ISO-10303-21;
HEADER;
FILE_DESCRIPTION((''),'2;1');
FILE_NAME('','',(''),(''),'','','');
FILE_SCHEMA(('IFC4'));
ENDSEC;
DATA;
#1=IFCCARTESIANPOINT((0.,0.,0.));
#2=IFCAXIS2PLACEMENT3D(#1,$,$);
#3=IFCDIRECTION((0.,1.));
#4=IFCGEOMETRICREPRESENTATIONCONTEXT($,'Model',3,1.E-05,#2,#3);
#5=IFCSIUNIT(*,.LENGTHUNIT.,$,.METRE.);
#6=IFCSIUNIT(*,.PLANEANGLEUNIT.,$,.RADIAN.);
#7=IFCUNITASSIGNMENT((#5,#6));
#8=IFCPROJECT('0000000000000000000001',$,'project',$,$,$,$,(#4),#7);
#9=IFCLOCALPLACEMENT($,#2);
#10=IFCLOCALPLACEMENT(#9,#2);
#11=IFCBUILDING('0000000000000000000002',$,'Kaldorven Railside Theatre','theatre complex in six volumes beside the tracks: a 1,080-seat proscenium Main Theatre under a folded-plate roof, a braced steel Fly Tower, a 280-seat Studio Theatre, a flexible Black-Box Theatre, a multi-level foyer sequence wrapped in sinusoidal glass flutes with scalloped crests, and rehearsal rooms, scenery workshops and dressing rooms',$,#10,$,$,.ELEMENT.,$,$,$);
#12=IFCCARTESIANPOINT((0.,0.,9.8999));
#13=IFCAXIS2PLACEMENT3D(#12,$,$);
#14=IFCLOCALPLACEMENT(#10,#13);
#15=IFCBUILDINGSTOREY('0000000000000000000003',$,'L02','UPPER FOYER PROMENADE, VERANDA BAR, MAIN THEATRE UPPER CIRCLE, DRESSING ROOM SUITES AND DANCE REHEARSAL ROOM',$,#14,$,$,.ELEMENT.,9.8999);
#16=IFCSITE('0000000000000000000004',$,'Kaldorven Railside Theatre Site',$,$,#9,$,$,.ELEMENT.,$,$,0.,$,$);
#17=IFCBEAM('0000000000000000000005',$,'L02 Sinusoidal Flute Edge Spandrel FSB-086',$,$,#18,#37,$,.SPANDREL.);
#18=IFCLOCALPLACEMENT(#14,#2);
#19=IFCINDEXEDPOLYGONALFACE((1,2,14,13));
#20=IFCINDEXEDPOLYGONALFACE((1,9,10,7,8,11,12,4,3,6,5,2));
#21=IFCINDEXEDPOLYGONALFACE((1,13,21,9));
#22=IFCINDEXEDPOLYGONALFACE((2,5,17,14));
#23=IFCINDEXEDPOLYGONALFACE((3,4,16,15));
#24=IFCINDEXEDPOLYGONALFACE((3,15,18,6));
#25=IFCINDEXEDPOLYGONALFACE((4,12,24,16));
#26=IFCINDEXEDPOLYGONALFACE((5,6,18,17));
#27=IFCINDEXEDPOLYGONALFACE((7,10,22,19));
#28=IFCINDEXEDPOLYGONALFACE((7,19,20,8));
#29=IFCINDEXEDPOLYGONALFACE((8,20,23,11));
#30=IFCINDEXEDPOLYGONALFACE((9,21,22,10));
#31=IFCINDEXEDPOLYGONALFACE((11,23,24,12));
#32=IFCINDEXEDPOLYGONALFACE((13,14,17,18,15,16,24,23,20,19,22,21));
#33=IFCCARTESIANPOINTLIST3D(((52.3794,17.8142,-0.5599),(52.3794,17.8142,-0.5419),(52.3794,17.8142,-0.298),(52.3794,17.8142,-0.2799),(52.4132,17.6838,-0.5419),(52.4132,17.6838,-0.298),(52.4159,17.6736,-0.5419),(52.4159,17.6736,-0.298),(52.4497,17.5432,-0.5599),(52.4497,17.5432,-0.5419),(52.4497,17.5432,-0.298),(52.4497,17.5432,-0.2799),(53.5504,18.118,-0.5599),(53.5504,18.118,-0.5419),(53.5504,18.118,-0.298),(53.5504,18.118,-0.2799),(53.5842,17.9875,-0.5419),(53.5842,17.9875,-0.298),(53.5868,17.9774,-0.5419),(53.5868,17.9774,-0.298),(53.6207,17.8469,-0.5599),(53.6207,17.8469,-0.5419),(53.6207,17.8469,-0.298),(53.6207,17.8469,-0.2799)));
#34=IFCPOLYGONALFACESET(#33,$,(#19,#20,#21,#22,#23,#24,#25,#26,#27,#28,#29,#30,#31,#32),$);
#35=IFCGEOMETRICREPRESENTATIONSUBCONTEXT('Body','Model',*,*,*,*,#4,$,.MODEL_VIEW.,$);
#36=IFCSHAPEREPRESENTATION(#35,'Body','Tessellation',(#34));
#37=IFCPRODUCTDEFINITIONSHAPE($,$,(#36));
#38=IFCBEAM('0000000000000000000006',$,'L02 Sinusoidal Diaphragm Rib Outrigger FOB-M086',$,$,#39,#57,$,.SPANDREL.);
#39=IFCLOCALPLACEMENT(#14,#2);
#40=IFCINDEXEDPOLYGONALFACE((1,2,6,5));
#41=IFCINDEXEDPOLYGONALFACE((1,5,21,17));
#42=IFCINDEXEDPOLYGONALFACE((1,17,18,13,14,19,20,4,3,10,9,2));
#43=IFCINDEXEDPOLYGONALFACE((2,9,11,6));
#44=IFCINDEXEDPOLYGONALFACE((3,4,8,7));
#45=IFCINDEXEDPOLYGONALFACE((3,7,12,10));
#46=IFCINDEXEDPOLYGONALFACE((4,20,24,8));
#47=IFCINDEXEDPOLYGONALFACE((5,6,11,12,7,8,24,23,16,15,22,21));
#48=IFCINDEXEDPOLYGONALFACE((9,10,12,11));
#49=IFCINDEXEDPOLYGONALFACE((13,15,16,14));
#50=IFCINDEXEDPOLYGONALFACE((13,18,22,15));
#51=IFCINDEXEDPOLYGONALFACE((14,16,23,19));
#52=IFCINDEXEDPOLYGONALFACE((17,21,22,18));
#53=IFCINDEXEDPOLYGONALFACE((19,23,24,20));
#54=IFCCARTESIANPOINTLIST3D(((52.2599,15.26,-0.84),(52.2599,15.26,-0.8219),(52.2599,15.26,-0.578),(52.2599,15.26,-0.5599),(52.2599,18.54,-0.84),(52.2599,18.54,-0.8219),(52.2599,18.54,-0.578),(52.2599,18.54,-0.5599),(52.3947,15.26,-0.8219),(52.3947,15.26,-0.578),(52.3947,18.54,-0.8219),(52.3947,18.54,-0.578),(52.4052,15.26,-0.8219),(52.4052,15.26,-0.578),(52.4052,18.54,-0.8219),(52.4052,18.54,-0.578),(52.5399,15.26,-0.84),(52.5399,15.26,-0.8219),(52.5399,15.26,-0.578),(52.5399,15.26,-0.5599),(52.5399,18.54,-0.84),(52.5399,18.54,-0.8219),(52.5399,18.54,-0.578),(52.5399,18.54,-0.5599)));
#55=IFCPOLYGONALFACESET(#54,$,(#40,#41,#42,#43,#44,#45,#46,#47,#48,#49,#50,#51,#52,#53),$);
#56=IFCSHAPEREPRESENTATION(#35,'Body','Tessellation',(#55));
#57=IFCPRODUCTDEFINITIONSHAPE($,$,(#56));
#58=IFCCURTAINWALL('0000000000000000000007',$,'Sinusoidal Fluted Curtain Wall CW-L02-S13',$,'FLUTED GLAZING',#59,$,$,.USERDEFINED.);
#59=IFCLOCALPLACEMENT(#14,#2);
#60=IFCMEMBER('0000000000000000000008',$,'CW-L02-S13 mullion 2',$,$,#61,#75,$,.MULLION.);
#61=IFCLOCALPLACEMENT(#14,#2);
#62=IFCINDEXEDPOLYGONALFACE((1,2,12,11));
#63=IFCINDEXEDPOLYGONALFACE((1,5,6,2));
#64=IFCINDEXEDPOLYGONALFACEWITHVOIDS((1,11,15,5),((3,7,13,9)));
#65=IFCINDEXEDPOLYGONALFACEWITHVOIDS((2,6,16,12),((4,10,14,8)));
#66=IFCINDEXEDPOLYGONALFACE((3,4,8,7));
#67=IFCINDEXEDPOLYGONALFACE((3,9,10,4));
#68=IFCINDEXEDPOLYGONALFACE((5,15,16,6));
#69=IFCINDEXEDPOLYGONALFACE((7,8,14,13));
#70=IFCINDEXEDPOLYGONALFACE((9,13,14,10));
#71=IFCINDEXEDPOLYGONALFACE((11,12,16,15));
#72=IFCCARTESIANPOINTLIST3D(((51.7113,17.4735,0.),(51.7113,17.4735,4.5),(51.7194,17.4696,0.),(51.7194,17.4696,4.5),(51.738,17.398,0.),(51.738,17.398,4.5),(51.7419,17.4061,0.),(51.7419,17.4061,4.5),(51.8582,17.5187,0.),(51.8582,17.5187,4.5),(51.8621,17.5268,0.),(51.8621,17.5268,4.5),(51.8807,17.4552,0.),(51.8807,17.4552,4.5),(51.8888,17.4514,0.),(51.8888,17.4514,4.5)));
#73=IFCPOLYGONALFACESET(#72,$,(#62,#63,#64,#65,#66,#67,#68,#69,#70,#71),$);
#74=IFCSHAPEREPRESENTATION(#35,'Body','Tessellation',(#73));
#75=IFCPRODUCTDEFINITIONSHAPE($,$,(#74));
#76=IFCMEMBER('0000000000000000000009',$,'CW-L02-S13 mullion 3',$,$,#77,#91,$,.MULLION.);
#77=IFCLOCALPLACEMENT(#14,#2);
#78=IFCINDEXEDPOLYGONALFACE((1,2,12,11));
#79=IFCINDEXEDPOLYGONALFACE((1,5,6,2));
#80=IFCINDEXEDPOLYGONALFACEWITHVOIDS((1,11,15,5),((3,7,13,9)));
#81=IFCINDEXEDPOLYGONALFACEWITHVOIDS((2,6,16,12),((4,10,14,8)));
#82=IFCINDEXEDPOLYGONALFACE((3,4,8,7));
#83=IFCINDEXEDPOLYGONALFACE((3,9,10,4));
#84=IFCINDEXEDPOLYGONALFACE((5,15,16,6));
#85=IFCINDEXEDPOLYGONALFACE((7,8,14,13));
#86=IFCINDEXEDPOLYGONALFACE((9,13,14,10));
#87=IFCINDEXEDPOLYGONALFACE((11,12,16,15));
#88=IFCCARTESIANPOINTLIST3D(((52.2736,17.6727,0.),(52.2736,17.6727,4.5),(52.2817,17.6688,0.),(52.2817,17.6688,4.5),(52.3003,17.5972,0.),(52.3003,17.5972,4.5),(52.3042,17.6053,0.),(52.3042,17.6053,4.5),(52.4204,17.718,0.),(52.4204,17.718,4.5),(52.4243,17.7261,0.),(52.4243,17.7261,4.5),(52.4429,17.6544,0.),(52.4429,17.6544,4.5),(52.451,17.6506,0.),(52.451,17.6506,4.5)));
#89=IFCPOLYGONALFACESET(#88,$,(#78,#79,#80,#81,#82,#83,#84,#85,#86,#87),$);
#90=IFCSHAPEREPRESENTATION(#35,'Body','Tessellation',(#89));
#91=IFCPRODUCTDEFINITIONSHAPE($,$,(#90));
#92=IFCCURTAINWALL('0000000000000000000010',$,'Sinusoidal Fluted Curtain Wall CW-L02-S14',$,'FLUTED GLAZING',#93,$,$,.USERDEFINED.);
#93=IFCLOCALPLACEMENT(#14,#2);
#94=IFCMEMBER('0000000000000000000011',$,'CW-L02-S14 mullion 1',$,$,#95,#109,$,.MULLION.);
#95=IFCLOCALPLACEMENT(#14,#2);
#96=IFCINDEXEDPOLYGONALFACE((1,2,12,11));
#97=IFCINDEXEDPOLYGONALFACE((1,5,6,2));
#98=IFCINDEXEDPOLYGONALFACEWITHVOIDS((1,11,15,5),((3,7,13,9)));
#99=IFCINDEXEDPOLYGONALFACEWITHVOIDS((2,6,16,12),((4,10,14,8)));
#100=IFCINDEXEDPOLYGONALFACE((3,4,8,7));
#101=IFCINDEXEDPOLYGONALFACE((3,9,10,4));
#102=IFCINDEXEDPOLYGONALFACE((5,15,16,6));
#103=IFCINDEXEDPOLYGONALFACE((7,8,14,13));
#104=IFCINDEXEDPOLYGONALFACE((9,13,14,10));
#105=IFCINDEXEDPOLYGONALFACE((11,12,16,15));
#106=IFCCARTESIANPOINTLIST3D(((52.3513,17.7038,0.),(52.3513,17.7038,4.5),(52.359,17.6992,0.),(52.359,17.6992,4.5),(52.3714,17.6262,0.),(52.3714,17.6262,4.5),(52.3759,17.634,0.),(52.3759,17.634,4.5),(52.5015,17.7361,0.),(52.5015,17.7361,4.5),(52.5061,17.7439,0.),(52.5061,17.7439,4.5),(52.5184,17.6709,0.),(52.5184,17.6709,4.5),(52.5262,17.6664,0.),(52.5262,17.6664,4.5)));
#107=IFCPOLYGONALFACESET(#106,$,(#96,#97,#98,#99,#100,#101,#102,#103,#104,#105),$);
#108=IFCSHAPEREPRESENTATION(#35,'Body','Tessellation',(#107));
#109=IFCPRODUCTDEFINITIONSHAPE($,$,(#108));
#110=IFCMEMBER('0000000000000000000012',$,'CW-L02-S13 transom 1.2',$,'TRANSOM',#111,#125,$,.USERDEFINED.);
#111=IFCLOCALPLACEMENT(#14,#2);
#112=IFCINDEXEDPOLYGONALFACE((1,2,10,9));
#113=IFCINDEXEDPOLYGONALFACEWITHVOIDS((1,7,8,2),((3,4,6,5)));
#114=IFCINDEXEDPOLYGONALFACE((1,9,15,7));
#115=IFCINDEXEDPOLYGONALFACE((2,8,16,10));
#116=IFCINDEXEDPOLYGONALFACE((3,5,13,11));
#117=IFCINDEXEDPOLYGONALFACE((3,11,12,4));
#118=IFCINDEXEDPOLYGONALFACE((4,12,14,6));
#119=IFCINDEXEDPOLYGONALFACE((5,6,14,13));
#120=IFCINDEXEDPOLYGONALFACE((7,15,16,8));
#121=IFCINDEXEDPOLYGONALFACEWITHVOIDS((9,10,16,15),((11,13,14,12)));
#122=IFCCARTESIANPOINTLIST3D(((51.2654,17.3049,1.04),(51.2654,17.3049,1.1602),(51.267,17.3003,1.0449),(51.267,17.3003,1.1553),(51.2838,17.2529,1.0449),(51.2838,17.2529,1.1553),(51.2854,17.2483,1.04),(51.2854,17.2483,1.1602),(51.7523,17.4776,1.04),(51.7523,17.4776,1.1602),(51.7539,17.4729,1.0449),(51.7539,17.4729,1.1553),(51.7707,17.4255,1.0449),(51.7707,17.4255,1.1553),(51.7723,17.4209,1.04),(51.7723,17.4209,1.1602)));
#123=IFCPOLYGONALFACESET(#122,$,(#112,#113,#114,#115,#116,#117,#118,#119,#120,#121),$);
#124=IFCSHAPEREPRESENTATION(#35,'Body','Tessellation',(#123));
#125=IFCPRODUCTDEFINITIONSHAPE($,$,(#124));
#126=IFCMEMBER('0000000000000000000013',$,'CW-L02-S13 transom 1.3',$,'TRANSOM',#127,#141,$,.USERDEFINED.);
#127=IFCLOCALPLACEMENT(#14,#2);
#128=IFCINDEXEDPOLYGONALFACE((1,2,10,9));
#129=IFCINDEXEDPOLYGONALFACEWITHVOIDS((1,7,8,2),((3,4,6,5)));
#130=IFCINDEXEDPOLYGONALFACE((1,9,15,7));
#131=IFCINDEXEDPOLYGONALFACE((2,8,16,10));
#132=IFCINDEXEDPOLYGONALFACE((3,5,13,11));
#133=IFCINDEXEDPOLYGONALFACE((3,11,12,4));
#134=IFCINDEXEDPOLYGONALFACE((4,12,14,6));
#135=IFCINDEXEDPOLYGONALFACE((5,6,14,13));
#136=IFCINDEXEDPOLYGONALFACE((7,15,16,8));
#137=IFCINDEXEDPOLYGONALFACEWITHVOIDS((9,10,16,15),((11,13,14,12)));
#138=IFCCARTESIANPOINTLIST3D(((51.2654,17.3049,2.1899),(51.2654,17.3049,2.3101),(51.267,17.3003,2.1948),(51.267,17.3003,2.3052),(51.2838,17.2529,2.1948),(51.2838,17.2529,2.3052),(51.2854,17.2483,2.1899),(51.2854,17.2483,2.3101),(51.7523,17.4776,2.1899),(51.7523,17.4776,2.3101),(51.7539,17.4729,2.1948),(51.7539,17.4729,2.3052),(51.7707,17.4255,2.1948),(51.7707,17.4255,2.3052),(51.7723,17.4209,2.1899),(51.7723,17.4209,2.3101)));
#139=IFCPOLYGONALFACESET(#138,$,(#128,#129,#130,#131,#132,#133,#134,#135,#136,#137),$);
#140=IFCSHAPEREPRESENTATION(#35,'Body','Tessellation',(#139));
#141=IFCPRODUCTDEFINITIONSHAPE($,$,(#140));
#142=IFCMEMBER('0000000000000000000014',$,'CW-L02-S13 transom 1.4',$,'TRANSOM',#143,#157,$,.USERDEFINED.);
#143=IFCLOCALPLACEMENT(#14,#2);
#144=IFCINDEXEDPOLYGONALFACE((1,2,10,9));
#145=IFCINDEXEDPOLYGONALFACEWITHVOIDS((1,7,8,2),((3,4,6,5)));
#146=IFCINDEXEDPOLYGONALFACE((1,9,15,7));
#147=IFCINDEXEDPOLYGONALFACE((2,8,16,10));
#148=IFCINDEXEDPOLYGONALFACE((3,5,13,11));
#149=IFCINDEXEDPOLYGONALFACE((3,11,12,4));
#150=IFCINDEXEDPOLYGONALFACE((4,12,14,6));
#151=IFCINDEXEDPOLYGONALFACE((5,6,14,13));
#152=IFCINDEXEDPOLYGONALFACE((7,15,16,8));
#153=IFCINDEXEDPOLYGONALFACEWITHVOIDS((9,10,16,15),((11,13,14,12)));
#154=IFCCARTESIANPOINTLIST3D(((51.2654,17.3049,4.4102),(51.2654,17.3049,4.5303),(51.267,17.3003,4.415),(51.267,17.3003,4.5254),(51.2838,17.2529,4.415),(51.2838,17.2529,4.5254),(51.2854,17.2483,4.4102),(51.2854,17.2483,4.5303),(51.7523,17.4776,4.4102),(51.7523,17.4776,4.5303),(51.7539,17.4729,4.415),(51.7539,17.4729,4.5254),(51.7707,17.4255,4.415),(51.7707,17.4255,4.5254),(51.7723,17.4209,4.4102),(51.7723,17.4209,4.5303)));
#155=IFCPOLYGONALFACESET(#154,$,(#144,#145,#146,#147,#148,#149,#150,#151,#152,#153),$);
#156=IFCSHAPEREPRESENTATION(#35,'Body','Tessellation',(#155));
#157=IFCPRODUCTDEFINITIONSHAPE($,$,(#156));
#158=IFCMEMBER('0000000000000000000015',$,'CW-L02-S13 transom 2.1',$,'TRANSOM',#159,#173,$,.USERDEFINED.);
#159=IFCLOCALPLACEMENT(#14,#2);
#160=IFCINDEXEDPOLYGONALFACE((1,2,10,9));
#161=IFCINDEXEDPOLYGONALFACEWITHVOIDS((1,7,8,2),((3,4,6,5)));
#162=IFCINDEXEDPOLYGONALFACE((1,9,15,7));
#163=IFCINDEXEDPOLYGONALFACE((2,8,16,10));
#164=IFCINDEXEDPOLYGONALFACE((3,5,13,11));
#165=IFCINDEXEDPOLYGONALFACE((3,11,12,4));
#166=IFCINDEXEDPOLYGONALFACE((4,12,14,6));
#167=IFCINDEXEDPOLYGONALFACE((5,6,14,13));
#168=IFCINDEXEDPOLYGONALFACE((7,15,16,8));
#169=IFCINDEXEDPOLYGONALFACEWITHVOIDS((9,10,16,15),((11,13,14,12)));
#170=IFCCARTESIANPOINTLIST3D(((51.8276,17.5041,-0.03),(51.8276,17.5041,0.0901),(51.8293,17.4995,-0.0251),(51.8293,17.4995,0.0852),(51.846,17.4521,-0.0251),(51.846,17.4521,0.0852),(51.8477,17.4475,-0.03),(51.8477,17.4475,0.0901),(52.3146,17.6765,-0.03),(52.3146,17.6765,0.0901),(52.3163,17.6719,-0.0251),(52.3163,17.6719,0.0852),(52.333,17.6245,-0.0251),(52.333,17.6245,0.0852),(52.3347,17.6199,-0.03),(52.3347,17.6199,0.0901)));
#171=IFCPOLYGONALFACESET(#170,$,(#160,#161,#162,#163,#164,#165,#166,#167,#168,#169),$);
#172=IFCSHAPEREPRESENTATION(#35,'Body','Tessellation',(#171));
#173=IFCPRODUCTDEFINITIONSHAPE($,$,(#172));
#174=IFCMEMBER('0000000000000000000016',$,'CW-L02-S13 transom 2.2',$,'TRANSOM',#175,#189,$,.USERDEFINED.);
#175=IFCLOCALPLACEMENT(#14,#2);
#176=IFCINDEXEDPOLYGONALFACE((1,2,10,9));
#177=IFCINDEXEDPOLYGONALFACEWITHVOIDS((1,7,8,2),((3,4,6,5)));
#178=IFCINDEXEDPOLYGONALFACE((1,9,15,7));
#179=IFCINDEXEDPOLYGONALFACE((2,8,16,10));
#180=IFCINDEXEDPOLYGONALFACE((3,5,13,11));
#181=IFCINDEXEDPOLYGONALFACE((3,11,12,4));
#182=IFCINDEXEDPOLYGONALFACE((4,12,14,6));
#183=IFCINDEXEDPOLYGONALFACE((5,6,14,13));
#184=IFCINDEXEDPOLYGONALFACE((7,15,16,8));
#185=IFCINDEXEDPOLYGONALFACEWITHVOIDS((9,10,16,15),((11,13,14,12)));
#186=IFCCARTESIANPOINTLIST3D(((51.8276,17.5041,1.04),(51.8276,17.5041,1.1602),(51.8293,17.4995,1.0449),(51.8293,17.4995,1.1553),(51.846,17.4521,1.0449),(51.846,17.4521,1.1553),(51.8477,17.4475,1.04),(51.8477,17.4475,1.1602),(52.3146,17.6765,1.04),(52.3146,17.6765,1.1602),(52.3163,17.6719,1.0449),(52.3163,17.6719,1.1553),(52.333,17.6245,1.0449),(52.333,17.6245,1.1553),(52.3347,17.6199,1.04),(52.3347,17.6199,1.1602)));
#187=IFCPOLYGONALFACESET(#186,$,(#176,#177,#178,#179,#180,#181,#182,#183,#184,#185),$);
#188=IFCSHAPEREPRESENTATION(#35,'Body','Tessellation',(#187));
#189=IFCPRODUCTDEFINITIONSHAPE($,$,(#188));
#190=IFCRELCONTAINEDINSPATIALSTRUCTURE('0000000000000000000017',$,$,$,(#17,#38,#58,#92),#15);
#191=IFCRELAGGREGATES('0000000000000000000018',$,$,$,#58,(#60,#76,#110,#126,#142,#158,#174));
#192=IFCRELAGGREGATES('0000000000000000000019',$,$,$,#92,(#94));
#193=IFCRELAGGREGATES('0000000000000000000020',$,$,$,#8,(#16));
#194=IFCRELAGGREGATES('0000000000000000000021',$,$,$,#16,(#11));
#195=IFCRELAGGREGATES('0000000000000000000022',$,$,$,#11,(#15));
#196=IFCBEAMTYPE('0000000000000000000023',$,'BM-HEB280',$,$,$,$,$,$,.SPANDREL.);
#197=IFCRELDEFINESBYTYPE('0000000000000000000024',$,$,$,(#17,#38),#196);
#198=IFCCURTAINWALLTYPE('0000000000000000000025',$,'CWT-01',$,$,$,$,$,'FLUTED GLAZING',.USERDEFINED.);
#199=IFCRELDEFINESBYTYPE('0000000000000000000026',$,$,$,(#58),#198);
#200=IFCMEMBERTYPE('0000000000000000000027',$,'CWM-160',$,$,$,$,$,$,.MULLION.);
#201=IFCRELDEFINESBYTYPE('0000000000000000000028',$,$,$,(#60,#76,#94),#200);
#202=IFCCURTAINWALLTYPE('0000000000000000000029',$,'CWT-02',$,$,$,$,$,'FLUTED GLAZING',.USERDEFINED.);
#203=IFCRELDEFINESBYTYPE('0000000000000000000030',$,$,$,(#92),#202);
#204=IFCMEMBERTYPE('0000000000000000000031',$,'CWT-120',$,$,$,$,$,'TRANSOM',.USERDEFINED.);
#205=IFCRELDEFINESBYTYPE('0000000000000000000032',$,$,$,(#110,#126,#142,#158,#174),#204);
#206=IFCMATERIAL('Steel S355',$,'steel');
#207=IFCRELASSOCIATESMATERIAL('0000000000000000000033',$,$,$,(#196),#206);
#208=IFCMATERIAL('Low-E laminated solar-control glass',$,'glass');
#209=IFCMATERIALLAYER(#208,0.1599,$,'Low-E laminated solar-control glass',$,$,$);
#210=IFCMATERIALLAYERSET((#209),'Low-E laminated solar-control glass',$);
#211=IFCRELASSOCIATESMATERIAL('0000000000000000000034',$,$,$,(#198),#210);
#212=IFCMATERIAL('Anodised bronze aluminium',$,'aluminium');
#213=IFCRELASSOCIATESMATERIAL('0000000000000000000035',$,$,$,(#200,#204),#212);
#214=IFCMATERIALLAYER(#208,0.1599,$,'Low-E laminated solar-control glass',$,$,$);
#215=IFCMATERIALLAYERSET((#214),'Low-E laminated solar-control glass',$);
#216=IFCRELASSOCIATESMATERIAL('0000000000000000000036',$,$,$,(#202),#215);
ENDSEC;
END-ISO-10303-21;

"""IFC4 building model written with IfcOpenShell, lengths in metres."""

from ifc_helpers import new_model, si_unit, direction, frame, origin, origin_2d, place, context, subcontext, project, spatial, hollow_rectangle, i_section, extrude, material, layer, layer_set, material_profile, profile_set, type_object, element, aggregate, save


model = new_model("IFC4")

# Units and contexts
model_context = context("Model", 3, precision=1e-05, world=origin(), true_north=direction((0.0, 1.0)))
body_context = subcontext(model_context, "Body", "Model", "MODEL_VIEW")
ifc_project = project(units=[si_unit("LENGTHUNIT", "METRE"), si_unit("PLANEANGLEUNIT", "RADIAN")], contexts=[model_context])

# Site, building, storey
site_placement = place(None, origin())
site = spatial("IfcSite", under=ifc_project, at=site_placement, Name="Kaldorven Railside Theatre Site", CompositionType="ELEMENT", RefElevation=0.0)
building_placement = place(site_placement, origin())
building = spatial("IfcBuilding", under=site, at=building_placement, Name="Kaldorven Railside Theatre", Description="theatre complex in six volumes beside the tracks: a 1,080-seat proscenium Main Theatre under a folded-plate roof, a braced steel Fly Tower, a 280-seat Studio Theatre, a flexible Black-Box Theatre, a multi-level foyer sequence wrapped in sinusoidal glass flutes with scalloped crests, and rehearsal rooms, scenery workshops and dressing rooms", CompositionType="ELEMENT")
storey_placement = place(building_placement, frame((0.0, 0.0, 9.8999)))
storey = spatial("IfcBuildingStorey", under=building, at=storey_placement, Name="L02", Description="UPPER FOYER PROMENADE, VERANDA BAR, MAIN THEATRE UPPER CIRCLE, DRESSING ROOM SUITES AND DANCE REHEARSAL ROOM", CompositionType="ELEMENT", Elevation=9.8999)

# Beams
ifc_material_1 = material(Name="Steel S355", Category="steel")
ifc_material_profile_1 = material_profile(ifc_material_1, i_section(OverallWidth=0.28, OverallDepth=0.28, WebThickness=0.0105, FlangeThickness=0.0181, at=origin_2d()), Name="HEB 280")
ifc_profile_set_1 = profile_set([ifc_material_profile_1], Name="Steel S355")
beam_type = type_object("IfcBeamType", Name="BM-HEB280", PredefinedType="SPANDREL", material=ifc_profile_set_1)
beam_1_placement = place(storey_placement, frame((52.4146, 17.6787, -0.4199), z_axis=(0.967968, 0.251074, 0.0), x_axis=(-0.251074, 0.967968, 0.0)))
element("IfcBeam", 1, at=beam_1_placement, inside=storey, type_object=beam_type, Name="L02 Sinusoidal Flute Edge Spandrel FSB-086", PredefinedType="SPANDREL", context=body_context, shape_type="SweptSolid", body=[
    extrude(i_section(OverallWidth=0.28, OverallDepth=0.28, WebThickness=0.0105, FlangeThickness=0.0181, at=origin_2d()), origin(), (0.0, 0.0, 1.0), 1.2097),
])
beam_2_placement = place(storey_placement, frame((52.3999, 15.26, -0.7), z_axis=(0.0, 1.0, 0.0), x_axis=(-1.0, 0.0, 0.0)))
element("IfcBeam", 2, at=beam_2_placement, inside=storey, type_object=beam_type, Name="L02 Sinusoidal Diaphragm Rib Outrigger FOB-M086", PredefinedType="SPANDREL", context=body_context, shape_type="SweptSolid", body=[
    extrude(i_section(OverallWidth=0.28, OverallDepth=0.28, WebThickness=0.0105, FlangeThickness=0.0181, at=origin_2d()), origin(), (0.0, 0.0, 1.0), 3.28),
])

# Curtain wall, members
ifc_material_2 = material(Name="Low-E laminated solar-control glass", Category="glass")
ifc_layer_1 = layer(ifc_material_2, 0.1599, Name="Low-E laminated solar-control glass")
ifc_layer_set_1 = layer_set([ifc_layer_1], Name="Low-E laminated solar-control glass")
curtain_wall_type_1 = type_object("IfcCurtainWallType", Name="CWT-01", ElementType="FLUTED GLAZING", PredefinedType="USERDEFINED", material=ifc_layer_set_1)
curtain_wall_1_placement = place(storey_placement, origin())
curtain_wall_1 = element("IfcCurtainWall", 3, at=curtain_wall_1_placement, inside=storey, type_object=curtain_wall_type_1, Name="Sinusoidal Fluted Curtain Wall CW-L02-S13", ObjectType="FLUTED GLAZING", PredefinedType="USERDEFINED")
ifc_material_3 = material(Name="Anodised bronze aluminium", Category="aluminium")
ifc_material_profile_2 = material_profile(ifc_material_3, hollow_rectangle(XDim=0.0801, YDim=0.1599, WallThickness=0.0063, at=origin_2d()), Name="RHS 160x80x6.3")
ifc_profile_set_2 = profile_set([ifc_material_profile_2], Name="Anodised bronze aluminium")
member_type_1 = type_object("IfcMemberType", Name="CWM-160", PredefinedType="MULLION", material=ifc_profile_set_2)
member_1_placement = place(storey_placement, frame((51.8, 17.4624, 0.0), z_axis=(0.0, 0.0, 1.0), x_axis=(-0.333847, 0.942627, 0.0)))
member_1 = element("IfcMember", 4, at=member_1_placement, type_object=member_type_1, Name="CW-L02-S13 mullion 2", PredefinedType="MULLION", context=body_context, shape_type="SweptSolid", body=[
    extrude(hollow_rectangle(XDim=0.0801, YDim=0.1599, WallThickness=0.0063, at=origin_2d()), origin(), (0.0, 0.0, 1.0), 4.5),
])
member_2_placement = place(storey_placement, frame((52.3623, 17.6616, 0.0), z_axis=(0.0, 0.0, 1.0), x_axis=(-0.333847, 0.942627, 0.0)))
member_2 = element("IfcMember", 5, at=member_2_placement, type_object=member_type_1, Name="CW-L02-S13 mullion 3", PredefinedType="MULLION", context=body_context, shape_type="SweptSolid", body=[
    extrude(hollow_rectangle(XDim=0.0801, YDim=0.1599, WallThickness=0.0063, at=origin_2d()), origin(), (0.0, 0.0, 1.0), 4.5),
])

# Curtain wall, member
ifc_layer_2 = layer(ifc_material_2, 0.1599, Name="Low-E laminated solar-control glass")
ifc_layer_set_2 = layer_set([ifc_layer_2], Name="Low-E laminated solar-control glass")
curtain_wall_type_2 = type_object("IfcCurtainWallType", Name="CWT-02", ElementType="FLUTED GLAZING", PredefinedType="USERDEFINED", material=ifc_layer_set_2)
curtain_wall_2_placement = place(storey_placement, origin())
curtain_wall_2 = element("IfcCurtainWall", 6, at=curtain_wall_2_placement, inside=storey, type_object=curtain_wall_type_2, Name="Sinusoidal Fluted Curtain Wall CW-L02-S14", ObjectType="FLUTED GLAZING", PredefinedType="USERDEFINED")
member_3_placement = place(storey_placement, frame((52.4387, 17.6851, 0.0), z_axis=(0.0, 0.0, 1.0), x_axis=(-0.250954, 0.967999, 0.0)))
member_3 = element("IfcMember", 7, at=member_3_placement, type_object=member_type_1, Name="CW-L02-S14 mullion 1", PredefinedType="MULLION", context=body_context, shape_type="SweptSolid", body=[
    extrude(hollow_rectangle(XDim=0.0801, YDim=0.1599, WallThickness=0.0063, at=origin_2d()), origin(), (0.0, 0.0, 1.0), 4.5),
])

# Members
ifc_material_profile_3 = material_profile(ifc_material_3, hollow_rectangle(XDim=0.0601, YDim=0.1201, WallThickness=0.0049, at=origin_2d()), Name="RHS 120x60x5")
ifc_profile_set_3 = profile_set([ifc_material_profile_3], Name="Anodised bronze aluminium")
member_type_2 = type_object("IfcMemberType", Name="CWT-120", ElementType="TRANSOM", PredefinedType="USERDEFINED", material=ifc_profile_set_3)
member_4_placement = place(storey_placement, frame((51.2754, 17.2766, 1.1001), z_axis=(0.942509, 0.33418, 0.0), x_axis=(-0.33418, 0.942509, 0.0)))
member_4 = element("IfcMember", 8, at=member_4_placement, type_object=member_type_2, Name="CW-L02-S13 transom 1.2", ObjectType="TRANSOM", PredefinedType="USERDEFINED", context=body_context, shape_type="SweptSolid", body=[
    extrude(hollow_rectangle(XDim=0.0601, YDim=0.1201, WallThickness=0.0049, at=origin_2d()), origin(), (0.0, 0.0, 1.0), 0.5166),
])
member_5_placement = place(storey_placement, frame((51.2754, 17.2766, 2.25), z_axis=(0.942509, 0.33418, 0.0), x_axis=(-0.33418, 0.942509, 0.0)))
member_5 = element("IfcMember", 9, at=member_5_placement, type_object=member_type_2, Name="CW-L02-S13 transom 1.3", ObjectType="TRANSOM", PredefinedType="USERDEFINED", context=body_context, shape_type="SweptSolid", body=[
    extrude(hollow_rectangle(XDim=0.0601, YDim=0.1201, WallThickness=0.0049, at=origin_2d()), origin(), (0.0, 0.0, 1.0), 0.5166),
])
member_6_placement = place(storey_placement, frame((51.2754, 17.2766, 4.4702), z_axis=(0.942509, 0.33418, 0.0), x_axis=(-0.33418, 0.942509, 0.0)))
member_6 = element("IfcMember", 10, at=member_6_placement, type_object=member_type_2, Name="CW-L02-S13 transom 1.4", ObjectType="TRANSOM", PredefinedType="USERDEFINED", context=body_context, shape_type="SweptSolid", body=[
    extrude(hollow_rectangle(XDim=0.0601, YDim=0.1201, WallThickness=0.0049, at=origin_2d()), origin(), (0.0, 0.0, 1.0), 0.5166),
])
member_7_placement = place(storey_placement, frame((51.8376, 17.4758, 0.03), z_axis=(0.942711, 0.333611, 0.0), x_axis=(-0.333611, 0.942711, 0.0)))
member_7 = element("IfcMember", 11, at=member_7_placement, type_object=member_type_2, Name="CW-L02-S13 transom 2.1", ObjectType="TRANSOM", PredefinedType="USERDEFINED", context=body_context, shape_type="SweptSolid", body=[
    extrude(hollow_rectangle(XDim=0.0601, YDim=0.1201, WallThickness=0.0049, at=origin_2d()), origin(), (0.0, 0.0, 1.0), 0.5166),
])
member_8_placement = place(storey_placement, frame((51.8376, 17.4758, 1.1001), z_axis=(0.942711, 0.333611, 0.0), x_axis=(-0.333611, 0.942711, 0.0)))
member_8 = element("IfcMember", 12, at=member_8_placement, type_object=member_type_2, Name="CW-L02-S13 transom 2.2", ObjectType="TRANSOM", PredefinedType="USERDEFINED", context=body_context, shape_type="SweptSolid", body=[
    extrude(hollow_rectangle(XDim=0.0601, YDim=0.1201, WallThickness=0.0049, at=origin_2d()), origin(), (0.0, 0.0, 1.0), 0.5166),
])

aggregate(curtain_wall_1, [member_1, member_2, member_4, member_5, member_6, member_7, member_8])
aggregate(curtain_wall_2, [member_3])

save(model, "model.ifc")
